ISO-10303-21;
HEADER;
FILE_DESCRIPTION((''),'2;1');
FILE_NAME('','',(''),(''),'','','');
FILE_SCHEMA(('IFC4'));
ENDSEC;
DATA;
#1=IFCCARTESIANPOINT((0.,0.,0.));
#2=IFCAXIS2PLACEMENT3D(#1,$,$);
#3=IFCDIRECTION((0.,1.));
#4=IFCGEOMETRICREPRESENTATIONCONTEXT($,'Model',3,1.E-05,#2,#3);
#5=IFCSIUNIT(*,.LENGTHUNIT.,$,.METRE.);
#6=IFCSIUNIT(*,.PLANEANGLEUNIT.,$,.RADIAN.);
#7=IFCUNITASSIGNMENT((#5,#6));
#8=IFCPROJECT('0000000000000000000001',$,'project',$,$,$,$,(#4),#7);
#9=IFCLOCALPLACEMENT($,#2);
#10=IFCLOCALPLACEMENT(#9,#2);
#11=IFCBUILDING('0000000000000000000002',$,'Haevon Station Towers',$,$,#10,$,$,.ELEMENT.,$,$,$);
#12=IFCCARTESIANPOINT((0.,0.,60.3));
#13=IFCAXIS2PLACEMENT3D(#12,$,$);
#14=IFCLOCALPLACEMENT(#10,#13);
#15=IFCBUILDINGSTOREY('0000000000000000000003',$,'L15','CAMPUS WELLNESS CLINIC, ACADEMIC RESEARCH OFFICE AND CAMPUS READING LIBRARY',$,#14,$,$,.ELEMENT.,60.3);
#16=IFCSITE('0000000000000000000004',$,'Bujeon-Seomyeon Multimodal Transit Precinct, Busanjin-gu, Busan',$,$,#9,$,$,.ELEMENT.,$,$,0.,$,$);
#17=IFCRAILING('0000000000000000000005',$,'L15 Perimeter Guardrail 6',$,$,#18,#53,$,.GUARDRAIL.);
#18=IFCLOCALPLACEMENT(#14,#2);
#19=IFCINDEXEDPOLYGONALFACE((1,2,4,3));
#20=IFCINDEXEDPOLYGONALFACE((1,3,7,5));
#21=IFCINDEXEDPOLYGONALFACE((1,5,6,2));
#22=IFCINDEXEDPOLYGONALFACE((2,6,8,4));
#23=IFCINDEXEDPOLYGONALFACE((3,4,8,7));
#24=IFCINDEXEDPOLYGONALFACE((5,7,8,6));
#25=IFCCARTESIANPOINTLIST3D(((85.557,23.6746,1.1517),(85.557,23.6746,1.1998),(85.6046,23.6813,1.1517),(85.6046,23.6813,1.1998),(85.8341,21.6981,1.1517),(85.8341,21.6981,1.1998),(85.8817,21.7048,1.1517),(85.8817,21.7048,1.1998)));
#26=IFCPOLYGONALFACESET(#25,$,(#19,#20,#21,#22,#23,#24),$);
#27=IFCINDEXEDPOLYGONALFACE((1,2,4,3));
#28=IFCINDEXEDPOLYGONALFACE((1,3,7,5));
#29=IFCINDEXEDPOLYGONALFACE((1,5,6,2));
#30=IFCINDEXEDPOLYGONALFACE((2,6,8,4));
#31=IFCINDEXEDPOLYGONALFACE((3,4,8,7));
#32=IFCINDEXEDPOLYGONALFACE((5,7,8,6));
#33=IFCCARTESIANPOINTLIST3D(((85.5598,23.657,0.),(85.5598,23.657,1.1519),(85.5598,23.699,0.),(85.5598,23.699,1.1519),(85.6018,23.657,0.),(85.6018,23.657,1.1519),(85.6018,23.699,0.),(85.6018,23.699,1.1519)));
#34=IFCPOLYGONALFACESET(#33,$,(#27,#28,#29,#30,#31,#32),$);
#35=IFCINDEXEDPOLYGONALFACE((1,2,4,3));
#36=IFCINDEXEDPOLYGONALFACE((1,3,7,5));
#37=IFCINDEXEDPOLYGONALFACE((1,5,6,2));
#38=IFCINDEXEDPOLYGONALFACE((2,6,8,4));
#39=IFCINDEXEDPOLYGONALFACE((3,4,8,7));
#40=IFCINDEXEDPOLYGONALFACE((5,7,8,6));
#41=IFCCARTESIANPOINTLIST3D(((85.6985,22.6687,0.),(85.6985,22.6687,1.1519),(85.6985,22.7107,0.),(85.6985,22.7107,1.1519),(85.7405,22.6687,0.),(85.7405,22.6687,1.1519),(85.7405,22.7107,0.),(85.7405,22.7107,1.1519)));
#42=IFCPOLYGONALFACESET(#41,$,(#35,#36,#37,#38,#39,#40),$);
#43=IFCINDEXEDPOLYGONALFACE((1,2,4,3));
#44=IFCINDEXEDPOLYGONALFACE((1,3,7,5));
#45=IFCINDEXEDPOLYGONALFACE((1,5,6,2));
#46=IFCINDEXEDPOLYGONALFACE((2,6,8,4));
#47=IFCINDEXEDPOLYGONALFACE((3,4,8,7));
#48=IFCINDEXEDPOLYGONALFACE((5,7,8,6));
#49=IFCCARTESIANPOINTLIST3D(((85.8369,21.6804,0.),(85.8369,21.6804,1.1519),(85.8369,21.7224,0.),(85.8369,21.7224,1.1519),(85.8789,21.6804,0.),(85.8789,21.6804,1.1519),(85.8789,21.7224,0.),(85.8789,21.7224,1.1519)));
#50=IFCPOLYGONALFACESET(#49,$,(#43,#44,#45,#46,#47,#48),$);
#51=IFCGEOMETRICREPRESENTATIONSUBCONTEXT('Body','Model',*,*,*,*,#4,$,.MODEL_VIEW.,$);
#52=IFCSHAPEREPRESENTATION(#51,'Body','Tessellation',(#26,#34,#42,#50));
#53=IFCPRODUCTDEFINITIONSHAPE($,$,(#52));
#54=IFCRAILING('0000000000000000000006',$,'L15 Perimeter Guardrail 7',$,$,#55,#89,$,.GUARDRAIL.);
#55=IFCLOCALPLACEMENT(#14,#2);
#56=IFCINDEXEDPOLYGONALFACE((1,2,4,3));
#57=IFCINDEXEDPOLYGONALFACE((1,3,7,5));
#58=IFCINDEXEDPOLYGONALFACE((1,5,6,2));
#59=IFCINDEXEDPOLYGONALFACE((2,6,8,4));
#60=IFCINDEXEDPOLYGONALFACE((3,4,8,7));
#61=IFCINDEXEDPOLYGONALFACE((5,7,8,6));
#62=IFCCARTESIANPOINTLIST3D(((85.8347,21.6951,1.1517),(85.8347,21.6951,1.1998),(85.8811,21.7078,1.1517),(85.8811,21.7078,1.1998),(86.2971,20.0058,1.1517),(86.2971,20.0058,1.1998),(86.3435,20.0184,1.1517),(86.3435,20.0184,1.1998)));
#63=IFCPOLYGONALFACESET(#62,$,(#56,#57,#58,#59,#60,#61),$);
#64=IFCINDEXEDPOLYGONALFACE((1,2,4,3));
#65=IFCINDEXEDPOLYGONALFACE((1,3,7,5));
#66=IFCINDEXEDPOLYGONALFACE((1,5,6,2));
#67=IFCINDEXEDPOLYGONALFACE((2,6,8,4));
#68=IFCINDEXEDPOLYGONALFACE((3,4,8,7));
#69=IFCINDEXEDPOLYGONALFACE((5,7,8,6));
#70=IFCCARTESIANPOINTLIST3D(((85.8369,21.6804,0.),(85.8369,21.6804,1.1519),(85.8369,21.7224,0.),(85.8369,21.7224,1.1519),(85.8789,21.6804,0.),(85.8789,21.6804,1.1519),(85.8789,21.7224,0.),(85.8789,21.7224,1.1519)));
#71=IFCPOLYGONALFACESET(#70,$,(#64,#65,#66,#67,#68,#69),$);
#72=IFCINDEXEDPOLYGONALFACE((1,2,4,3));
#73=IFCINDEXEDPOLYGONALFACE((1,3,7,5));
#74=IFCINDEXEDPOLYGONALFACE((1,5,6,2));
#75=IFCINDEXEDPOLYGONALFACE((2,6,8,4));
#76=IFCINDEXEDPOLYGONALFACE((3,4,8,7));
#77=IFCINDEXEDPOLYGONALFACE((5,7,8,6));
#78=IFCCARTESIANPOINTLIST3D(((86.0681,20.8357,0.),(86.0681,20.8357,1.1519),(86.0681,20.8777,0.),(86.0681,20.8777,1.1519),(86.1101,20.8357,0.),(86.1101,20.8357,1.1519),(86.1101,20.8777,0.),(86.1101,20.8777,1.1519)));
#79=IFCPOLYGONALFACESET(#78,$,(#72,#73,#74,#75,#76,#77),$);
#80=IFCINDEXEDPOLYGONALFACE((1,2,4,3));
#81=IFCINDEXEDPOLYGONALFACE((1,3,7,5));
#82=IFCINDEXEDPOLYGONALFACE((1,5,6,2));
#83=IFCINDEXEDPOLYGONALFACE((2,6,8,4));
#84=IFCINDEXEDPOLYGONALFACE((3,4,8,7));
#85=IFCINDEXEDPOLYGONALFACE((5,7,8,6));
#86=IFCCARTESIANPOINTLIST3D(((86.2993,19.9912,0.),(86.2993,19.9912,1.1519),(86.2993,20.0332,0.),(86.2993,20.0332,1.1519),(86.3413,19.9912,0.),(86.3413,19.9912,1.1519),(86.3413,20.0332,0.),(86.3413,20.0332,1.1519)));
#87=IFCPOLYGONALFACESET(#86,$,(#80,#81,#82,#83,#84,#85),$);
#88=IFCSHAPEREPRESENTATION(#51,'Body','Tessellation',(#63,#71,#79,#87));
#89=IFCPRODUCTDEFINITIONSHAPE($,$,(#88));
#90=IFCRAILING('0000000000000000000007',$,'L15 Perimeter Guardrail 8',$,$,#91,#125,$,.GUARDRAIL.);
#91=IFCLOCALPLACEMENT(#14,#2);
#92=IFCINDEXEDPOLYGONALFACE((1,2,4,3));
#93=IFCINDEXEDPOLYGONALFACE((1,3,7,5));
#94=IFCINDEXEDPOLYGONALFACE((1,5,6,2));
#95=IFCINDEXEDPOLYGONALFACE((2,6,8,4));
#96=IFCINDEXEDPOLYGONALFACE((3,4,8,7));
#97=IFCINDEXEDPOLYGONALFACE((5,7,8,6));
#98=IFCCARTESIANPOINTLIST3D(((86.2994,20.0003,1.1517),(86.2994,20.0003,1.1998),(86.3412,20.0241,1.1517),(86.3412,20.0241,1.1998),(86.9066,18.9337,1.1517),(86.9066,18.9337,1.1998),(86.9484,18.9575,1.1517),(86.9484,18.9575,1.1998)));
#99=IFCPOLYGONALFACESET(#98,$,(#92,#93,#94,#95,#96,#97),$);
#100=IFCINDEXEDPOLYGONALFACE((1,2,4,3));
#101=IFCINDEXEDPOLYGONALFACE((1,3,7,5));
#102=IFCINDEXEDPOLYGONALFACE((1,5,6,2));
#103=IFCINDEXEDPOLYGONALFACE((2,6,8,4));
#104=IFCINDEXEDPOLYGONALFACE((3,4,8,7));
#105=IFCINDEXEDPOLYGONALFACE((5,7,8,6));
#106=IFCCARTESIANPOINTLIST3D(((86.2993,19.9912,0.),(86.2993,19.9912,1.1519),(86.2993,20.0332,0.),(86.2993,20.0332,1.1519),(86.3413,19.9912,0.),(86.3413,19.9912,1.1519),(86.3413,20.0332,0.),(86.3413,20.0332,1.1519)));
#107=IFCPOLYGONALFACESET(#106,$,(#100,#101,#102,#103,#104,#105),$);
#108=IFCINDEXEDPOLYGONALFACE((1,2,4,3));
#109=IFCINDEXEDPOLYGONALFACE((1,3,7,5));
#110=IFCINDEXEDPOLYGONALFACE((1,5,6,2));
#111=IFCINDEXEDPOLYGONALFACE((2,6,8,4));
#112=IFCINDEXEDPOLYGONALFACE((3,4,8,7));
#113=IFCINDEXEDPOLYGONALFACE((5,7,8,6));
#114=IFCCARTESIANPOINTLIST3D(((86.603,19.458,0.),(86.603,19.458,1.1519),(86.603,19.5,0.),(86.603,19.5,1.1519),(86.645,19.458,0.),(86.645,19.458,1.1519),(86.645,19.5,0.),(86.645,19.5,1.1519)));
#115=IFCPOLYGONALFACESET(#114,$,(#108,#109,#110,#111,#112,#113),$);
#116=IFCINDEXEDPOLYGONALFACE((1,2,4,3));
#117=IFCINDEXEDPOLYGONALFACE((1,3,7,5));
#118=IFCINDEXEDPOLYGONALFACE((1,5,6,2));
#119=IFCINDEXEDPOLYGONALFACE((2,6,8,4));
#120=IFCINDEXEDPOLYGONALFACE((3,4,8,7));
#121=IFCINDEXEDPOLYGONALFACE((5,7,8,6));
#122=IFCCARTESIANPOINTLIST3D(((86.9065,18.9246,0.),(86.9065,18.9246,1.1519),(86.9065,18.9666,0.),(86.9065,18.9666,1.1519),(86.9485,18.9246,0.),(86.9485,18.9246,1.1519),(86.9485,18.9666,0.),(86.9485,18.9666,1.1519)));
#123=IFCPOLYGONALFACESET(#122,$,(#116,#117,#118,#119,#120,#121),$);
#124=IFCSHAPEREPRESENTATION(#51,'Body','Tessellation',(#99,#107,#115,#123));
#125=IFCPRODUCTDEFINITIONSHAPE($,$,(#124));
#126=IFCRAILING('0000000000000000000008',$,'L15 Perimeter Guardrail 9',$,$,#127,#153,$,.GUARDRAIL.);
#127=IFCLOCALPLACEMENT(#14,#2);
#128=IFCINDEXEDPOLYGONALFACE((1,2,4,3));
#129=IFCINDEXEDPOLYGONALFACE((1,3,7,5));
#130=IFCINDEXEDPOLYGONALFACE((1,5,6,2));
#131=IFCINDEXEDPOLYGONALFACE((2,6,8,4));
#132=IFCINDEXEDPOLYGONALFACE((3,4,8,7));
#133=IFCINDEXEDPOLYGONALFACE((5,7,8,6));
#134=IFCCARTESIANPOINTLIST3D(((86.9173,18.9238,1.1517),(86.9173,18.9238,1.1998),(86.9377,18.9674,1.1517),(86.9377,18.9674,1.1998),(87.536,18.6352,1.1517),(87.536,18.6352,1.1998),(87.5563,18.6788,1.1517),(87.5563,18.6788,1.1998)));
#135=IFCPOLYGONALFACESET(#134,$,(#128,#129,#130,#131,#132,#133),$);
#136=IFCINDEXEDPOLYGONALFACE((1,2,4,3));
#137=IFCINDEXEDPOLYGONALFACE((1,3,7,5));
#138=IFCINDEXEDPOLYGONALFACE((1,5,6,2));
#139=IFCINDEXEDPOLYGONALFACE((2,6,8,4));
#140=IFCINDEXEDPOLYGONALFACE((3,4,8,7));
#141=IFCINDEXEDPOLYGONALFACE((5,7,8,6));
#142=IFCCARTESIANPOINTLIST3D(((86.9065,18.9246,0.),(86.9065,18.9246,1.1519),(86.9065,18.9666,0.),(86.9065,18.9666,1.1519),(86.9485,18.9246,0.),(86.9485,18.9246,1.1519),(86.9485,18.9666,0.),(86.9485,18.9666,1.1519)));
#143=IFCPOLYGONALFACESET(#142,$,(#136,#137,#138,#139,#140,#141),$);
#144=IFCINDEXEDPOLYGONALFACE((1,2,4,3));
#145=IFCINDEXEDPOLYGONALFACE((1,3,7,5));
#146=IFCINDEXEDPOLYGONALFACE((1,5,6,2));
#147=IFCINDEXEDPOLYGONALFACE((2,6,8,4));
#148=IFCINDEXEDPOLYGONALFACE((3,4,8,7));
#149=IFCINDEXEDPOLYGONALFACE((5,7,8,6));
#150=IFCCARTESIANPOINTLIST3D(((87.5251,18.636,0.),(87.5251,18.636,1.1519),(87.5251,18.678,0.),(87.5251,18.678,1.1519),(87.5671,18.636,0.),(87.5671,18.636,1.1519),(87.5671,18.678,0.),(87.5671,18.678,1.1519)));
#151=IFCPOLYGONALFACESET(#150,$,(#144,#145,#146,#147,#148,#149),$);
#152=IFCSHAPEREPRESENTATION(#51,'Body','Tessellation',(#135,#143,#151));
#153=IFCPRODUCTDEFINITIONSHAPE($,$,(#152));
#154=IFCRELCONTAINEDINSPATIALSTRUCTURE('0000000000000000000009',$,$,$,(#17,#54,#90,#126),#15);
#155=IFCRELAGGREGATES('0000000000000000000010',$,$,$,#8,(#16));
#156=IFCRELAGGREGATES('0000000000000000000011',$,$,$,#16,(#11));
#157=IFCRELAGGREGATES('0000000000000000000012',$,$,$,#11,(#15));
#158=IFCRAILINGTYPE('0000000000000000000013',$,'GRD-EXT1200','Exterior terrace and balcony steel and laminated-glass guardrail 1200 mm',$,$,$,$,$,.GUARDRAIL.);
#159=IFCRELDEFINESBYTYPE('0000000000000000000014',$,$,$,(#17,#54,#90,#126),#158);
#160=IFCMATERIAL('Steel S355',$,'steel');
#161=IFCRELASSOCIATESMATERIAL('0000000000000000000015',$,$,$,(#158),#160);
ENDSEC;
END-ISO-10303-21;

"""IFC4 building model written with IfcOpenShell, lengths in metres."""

from ifc_helpers import new_model, si_unit, direction, frame, origin, origin_2d, place, context, subcontext, project, spatial, rectangle, extrude, material, type_object, element, save


model = new_model("IFC4")

# Units and contexts
model_context = context("Model", 3, precision=1e-05, world=origin(), true_north=direction((0.0, 1.0)))
body_context = subcontext(model_context, "Body", "Model", "MODEL_VIEW")
ifc_project = project(units=[si_unit("LENGTHUNIT", "METRE"), si_unit("PLANEANGLEUNIT", "RADIAN")], contexts=[model_context])

# Site, building, storey
site_placement = place(None, origin())
site = spatial("IfcSite", under=ifc_project, at=site_placement, Name="Bujeon-Seomyeon Multimodal Transit Precinct, Busanjin-gu, Busan", CompositionType="ELEMENT", RefElevation=0.0)
building_placement = place(site_placement, origin())
building = spatial("IfcBuilding", under=site, at=building_placement, Name="Haevon Station Towers", CompositionType="ELEMENT")
storey_placement = place(building_placement, frame((0.0, 0.0, 60.3)))
storey = spatial("IfcBuildingStorey", under=building, at=storey_placement, Name="L15", Description="CAMPUS WELLNESS CLINIC, ACADEMIC RESEARCH OFFICE AND CAMPUS READING LIBRARY", CompositionType="ELEMENT", Elevation=60.3)

# Shared definitions
ifc_material_1 = material(Name="Steel S355", Category="steel")

# Railings
railing_type = type_object("IfcRailingType", Name="GRD-EXT1200", Description="Exterior terrace and balcony steel and laminated-glass guardrail 1200 mm", PredefinedType="GUARDRAIL", material=ifc_material_1)
railing_1_placement = place(storey_placement, frame((85.5808, 23.678, 0.0)))
element("IfcRailing", 1, at=railing_1_placement, inside=storey, type_object=railing_type, Name="L15 Perimeter Guardrail 6", PredefinedType="GUARDRAIL", context=body_context, shape_type="SweptSolid", body=[
    extrude(rectangle(XDim=0.0481, YDim=0.0481, at=origin_2d()), frame((0.0, 0.0, 1.1758), z_axis=(0.138835, -0.990316, 0.0), x_axis=(0.990316, 0.138835, 0.0)), (0.0, 0.0, 1.0), 1.9958),
    extrude(rectangle(XDim=0.042, YDim=0.042, at=origin_2d()), origin(), (0.0, 0.0, 1.0), 1.1519),
    extrude(rectangle(XDim=0.042, YDim=0.042, at=origin_2d()), frame((0.1387, -0.9883, 0.0)), (0.0, 0.0, 1.0), 1.1519),
    extrude(rectangle(XDim=0.042, YDim=0.042, at=origin_2d()), frame((0.2771, -1.9766, 0.0)), (0.0, 0.0, 1.0), 1.1519),
])
railing_2_placement = place(storey_placement, frame((85.8579, 21.7014, 0.0)))
element("IfcRailing", 2, at=railing_2_placement, inside=storey, type_object=railing_type, Name="L15 Perimeter Guardrail 7", PredefinedType="GUARDRAIL", context=body_context, shape_type="SweptSolid", body=[
    extrude(rectangle(XDim=0.0481, YDim=0.0481, at=origin_2d()), frame((0.0, 0.0, 1.1758), z_axis=(0.264026, -0.964516, 0.0), x_axis=(0.964516, 0.264026, 0.0)), (0.0, 0.0, 1.0), 1.7515),
    extrude(rectangle(XDim=0.042, YDim=0.042, at=origin_2d()), origin(), (0.0, 0.0, 1.0), 1.1519),
    extrude(rectangle(XDim=0.042, YDim=0.042, at=origin_2d()), frame((0.2312, -0.8447, 0.0)), (0.0, 0.0, 1.0), 1.1519),
    extrude(rectangle(XDim=0.042, YDim=0.042, at=origin_2d()), frame((0.4624, -1.6892, 0.0)), (0.0, 0.0, 1.0), 1.1519),
])
railing_3_placement = place(storey_placement, frame((86.3203, 20.0122, 0.0)))
element("IfcRailing", 3, at=railing_3_placement, inside=storey, type_object=railing_type, Name="L15 Perimeter Guardrail 8", PredefinedType="GUARDRAIL", context=body_context, shape_type="SweptSolid", body=[
    extrude(rectangle(XDim=0.0481, YDim=0.0481, at=origin_2d()), frame((0.0, 0.0, 1.1758), z_axis=(0.494703, -0.869062, 0.0), x_axis=(0.869062, 0.494703, 0.0)), (0.0, 0.0, 1.0), 1.2273),
    extrude(rectangle(XDim=0.042, YDim=0.042, at=origin_2d()), origin(), (0.0, 0.0, 1.0), 1.1519),
    extrude(rectangle(XDim=0.042, YDim=0.042, at=origin_2d()), frame((0.3037, -0.5332, 0.0)), (0.0, 0.0, 1.0), 1.1519),
    extrude(rectangle(XDim=0.042, YDim=0.042, at=origin_2d()), frame((0.6072, -1.0667, 0.0)), (0.0, 0.0, 1.0), 1.1519),
])
railing_4_placement = place(storey_placement, frame((86.9275, 18.9456, 0.0)))
element("IfcRailing", 4, at=railing_4_placement, inside=storey, type_object=railing_type, Name="L15 Perimeter Guardrail 9", PredefinedType="GUARDRAIL", context=body_context, shape_type="SweptSolid", body=[
    extrude(rectangle(XDim=0.0481, YDim=0.0481, at=origin_2d()), frame((0.0, 0.0, 1.1758), z_axis=(0.906256, -0.422729, 0.0), x_axis=(0.422729, 0.906256, 0.0)), (0.0, 0.0, 1.0), 0.6826),
    extrude(rectangle(XDim=0.042, YDim=0.042, at=origin_2d()), origin(), (0.0, 0.0, 1.0), 1.1519),
    extrude(rectangle(XDim=0.042, YDim=0.042, at=origin_2d()), frame((0.6187, -0.2886, 0.0)), (0.0, 0.0, 1.0), 1.1519),
])

save(model, "model.ifc")
